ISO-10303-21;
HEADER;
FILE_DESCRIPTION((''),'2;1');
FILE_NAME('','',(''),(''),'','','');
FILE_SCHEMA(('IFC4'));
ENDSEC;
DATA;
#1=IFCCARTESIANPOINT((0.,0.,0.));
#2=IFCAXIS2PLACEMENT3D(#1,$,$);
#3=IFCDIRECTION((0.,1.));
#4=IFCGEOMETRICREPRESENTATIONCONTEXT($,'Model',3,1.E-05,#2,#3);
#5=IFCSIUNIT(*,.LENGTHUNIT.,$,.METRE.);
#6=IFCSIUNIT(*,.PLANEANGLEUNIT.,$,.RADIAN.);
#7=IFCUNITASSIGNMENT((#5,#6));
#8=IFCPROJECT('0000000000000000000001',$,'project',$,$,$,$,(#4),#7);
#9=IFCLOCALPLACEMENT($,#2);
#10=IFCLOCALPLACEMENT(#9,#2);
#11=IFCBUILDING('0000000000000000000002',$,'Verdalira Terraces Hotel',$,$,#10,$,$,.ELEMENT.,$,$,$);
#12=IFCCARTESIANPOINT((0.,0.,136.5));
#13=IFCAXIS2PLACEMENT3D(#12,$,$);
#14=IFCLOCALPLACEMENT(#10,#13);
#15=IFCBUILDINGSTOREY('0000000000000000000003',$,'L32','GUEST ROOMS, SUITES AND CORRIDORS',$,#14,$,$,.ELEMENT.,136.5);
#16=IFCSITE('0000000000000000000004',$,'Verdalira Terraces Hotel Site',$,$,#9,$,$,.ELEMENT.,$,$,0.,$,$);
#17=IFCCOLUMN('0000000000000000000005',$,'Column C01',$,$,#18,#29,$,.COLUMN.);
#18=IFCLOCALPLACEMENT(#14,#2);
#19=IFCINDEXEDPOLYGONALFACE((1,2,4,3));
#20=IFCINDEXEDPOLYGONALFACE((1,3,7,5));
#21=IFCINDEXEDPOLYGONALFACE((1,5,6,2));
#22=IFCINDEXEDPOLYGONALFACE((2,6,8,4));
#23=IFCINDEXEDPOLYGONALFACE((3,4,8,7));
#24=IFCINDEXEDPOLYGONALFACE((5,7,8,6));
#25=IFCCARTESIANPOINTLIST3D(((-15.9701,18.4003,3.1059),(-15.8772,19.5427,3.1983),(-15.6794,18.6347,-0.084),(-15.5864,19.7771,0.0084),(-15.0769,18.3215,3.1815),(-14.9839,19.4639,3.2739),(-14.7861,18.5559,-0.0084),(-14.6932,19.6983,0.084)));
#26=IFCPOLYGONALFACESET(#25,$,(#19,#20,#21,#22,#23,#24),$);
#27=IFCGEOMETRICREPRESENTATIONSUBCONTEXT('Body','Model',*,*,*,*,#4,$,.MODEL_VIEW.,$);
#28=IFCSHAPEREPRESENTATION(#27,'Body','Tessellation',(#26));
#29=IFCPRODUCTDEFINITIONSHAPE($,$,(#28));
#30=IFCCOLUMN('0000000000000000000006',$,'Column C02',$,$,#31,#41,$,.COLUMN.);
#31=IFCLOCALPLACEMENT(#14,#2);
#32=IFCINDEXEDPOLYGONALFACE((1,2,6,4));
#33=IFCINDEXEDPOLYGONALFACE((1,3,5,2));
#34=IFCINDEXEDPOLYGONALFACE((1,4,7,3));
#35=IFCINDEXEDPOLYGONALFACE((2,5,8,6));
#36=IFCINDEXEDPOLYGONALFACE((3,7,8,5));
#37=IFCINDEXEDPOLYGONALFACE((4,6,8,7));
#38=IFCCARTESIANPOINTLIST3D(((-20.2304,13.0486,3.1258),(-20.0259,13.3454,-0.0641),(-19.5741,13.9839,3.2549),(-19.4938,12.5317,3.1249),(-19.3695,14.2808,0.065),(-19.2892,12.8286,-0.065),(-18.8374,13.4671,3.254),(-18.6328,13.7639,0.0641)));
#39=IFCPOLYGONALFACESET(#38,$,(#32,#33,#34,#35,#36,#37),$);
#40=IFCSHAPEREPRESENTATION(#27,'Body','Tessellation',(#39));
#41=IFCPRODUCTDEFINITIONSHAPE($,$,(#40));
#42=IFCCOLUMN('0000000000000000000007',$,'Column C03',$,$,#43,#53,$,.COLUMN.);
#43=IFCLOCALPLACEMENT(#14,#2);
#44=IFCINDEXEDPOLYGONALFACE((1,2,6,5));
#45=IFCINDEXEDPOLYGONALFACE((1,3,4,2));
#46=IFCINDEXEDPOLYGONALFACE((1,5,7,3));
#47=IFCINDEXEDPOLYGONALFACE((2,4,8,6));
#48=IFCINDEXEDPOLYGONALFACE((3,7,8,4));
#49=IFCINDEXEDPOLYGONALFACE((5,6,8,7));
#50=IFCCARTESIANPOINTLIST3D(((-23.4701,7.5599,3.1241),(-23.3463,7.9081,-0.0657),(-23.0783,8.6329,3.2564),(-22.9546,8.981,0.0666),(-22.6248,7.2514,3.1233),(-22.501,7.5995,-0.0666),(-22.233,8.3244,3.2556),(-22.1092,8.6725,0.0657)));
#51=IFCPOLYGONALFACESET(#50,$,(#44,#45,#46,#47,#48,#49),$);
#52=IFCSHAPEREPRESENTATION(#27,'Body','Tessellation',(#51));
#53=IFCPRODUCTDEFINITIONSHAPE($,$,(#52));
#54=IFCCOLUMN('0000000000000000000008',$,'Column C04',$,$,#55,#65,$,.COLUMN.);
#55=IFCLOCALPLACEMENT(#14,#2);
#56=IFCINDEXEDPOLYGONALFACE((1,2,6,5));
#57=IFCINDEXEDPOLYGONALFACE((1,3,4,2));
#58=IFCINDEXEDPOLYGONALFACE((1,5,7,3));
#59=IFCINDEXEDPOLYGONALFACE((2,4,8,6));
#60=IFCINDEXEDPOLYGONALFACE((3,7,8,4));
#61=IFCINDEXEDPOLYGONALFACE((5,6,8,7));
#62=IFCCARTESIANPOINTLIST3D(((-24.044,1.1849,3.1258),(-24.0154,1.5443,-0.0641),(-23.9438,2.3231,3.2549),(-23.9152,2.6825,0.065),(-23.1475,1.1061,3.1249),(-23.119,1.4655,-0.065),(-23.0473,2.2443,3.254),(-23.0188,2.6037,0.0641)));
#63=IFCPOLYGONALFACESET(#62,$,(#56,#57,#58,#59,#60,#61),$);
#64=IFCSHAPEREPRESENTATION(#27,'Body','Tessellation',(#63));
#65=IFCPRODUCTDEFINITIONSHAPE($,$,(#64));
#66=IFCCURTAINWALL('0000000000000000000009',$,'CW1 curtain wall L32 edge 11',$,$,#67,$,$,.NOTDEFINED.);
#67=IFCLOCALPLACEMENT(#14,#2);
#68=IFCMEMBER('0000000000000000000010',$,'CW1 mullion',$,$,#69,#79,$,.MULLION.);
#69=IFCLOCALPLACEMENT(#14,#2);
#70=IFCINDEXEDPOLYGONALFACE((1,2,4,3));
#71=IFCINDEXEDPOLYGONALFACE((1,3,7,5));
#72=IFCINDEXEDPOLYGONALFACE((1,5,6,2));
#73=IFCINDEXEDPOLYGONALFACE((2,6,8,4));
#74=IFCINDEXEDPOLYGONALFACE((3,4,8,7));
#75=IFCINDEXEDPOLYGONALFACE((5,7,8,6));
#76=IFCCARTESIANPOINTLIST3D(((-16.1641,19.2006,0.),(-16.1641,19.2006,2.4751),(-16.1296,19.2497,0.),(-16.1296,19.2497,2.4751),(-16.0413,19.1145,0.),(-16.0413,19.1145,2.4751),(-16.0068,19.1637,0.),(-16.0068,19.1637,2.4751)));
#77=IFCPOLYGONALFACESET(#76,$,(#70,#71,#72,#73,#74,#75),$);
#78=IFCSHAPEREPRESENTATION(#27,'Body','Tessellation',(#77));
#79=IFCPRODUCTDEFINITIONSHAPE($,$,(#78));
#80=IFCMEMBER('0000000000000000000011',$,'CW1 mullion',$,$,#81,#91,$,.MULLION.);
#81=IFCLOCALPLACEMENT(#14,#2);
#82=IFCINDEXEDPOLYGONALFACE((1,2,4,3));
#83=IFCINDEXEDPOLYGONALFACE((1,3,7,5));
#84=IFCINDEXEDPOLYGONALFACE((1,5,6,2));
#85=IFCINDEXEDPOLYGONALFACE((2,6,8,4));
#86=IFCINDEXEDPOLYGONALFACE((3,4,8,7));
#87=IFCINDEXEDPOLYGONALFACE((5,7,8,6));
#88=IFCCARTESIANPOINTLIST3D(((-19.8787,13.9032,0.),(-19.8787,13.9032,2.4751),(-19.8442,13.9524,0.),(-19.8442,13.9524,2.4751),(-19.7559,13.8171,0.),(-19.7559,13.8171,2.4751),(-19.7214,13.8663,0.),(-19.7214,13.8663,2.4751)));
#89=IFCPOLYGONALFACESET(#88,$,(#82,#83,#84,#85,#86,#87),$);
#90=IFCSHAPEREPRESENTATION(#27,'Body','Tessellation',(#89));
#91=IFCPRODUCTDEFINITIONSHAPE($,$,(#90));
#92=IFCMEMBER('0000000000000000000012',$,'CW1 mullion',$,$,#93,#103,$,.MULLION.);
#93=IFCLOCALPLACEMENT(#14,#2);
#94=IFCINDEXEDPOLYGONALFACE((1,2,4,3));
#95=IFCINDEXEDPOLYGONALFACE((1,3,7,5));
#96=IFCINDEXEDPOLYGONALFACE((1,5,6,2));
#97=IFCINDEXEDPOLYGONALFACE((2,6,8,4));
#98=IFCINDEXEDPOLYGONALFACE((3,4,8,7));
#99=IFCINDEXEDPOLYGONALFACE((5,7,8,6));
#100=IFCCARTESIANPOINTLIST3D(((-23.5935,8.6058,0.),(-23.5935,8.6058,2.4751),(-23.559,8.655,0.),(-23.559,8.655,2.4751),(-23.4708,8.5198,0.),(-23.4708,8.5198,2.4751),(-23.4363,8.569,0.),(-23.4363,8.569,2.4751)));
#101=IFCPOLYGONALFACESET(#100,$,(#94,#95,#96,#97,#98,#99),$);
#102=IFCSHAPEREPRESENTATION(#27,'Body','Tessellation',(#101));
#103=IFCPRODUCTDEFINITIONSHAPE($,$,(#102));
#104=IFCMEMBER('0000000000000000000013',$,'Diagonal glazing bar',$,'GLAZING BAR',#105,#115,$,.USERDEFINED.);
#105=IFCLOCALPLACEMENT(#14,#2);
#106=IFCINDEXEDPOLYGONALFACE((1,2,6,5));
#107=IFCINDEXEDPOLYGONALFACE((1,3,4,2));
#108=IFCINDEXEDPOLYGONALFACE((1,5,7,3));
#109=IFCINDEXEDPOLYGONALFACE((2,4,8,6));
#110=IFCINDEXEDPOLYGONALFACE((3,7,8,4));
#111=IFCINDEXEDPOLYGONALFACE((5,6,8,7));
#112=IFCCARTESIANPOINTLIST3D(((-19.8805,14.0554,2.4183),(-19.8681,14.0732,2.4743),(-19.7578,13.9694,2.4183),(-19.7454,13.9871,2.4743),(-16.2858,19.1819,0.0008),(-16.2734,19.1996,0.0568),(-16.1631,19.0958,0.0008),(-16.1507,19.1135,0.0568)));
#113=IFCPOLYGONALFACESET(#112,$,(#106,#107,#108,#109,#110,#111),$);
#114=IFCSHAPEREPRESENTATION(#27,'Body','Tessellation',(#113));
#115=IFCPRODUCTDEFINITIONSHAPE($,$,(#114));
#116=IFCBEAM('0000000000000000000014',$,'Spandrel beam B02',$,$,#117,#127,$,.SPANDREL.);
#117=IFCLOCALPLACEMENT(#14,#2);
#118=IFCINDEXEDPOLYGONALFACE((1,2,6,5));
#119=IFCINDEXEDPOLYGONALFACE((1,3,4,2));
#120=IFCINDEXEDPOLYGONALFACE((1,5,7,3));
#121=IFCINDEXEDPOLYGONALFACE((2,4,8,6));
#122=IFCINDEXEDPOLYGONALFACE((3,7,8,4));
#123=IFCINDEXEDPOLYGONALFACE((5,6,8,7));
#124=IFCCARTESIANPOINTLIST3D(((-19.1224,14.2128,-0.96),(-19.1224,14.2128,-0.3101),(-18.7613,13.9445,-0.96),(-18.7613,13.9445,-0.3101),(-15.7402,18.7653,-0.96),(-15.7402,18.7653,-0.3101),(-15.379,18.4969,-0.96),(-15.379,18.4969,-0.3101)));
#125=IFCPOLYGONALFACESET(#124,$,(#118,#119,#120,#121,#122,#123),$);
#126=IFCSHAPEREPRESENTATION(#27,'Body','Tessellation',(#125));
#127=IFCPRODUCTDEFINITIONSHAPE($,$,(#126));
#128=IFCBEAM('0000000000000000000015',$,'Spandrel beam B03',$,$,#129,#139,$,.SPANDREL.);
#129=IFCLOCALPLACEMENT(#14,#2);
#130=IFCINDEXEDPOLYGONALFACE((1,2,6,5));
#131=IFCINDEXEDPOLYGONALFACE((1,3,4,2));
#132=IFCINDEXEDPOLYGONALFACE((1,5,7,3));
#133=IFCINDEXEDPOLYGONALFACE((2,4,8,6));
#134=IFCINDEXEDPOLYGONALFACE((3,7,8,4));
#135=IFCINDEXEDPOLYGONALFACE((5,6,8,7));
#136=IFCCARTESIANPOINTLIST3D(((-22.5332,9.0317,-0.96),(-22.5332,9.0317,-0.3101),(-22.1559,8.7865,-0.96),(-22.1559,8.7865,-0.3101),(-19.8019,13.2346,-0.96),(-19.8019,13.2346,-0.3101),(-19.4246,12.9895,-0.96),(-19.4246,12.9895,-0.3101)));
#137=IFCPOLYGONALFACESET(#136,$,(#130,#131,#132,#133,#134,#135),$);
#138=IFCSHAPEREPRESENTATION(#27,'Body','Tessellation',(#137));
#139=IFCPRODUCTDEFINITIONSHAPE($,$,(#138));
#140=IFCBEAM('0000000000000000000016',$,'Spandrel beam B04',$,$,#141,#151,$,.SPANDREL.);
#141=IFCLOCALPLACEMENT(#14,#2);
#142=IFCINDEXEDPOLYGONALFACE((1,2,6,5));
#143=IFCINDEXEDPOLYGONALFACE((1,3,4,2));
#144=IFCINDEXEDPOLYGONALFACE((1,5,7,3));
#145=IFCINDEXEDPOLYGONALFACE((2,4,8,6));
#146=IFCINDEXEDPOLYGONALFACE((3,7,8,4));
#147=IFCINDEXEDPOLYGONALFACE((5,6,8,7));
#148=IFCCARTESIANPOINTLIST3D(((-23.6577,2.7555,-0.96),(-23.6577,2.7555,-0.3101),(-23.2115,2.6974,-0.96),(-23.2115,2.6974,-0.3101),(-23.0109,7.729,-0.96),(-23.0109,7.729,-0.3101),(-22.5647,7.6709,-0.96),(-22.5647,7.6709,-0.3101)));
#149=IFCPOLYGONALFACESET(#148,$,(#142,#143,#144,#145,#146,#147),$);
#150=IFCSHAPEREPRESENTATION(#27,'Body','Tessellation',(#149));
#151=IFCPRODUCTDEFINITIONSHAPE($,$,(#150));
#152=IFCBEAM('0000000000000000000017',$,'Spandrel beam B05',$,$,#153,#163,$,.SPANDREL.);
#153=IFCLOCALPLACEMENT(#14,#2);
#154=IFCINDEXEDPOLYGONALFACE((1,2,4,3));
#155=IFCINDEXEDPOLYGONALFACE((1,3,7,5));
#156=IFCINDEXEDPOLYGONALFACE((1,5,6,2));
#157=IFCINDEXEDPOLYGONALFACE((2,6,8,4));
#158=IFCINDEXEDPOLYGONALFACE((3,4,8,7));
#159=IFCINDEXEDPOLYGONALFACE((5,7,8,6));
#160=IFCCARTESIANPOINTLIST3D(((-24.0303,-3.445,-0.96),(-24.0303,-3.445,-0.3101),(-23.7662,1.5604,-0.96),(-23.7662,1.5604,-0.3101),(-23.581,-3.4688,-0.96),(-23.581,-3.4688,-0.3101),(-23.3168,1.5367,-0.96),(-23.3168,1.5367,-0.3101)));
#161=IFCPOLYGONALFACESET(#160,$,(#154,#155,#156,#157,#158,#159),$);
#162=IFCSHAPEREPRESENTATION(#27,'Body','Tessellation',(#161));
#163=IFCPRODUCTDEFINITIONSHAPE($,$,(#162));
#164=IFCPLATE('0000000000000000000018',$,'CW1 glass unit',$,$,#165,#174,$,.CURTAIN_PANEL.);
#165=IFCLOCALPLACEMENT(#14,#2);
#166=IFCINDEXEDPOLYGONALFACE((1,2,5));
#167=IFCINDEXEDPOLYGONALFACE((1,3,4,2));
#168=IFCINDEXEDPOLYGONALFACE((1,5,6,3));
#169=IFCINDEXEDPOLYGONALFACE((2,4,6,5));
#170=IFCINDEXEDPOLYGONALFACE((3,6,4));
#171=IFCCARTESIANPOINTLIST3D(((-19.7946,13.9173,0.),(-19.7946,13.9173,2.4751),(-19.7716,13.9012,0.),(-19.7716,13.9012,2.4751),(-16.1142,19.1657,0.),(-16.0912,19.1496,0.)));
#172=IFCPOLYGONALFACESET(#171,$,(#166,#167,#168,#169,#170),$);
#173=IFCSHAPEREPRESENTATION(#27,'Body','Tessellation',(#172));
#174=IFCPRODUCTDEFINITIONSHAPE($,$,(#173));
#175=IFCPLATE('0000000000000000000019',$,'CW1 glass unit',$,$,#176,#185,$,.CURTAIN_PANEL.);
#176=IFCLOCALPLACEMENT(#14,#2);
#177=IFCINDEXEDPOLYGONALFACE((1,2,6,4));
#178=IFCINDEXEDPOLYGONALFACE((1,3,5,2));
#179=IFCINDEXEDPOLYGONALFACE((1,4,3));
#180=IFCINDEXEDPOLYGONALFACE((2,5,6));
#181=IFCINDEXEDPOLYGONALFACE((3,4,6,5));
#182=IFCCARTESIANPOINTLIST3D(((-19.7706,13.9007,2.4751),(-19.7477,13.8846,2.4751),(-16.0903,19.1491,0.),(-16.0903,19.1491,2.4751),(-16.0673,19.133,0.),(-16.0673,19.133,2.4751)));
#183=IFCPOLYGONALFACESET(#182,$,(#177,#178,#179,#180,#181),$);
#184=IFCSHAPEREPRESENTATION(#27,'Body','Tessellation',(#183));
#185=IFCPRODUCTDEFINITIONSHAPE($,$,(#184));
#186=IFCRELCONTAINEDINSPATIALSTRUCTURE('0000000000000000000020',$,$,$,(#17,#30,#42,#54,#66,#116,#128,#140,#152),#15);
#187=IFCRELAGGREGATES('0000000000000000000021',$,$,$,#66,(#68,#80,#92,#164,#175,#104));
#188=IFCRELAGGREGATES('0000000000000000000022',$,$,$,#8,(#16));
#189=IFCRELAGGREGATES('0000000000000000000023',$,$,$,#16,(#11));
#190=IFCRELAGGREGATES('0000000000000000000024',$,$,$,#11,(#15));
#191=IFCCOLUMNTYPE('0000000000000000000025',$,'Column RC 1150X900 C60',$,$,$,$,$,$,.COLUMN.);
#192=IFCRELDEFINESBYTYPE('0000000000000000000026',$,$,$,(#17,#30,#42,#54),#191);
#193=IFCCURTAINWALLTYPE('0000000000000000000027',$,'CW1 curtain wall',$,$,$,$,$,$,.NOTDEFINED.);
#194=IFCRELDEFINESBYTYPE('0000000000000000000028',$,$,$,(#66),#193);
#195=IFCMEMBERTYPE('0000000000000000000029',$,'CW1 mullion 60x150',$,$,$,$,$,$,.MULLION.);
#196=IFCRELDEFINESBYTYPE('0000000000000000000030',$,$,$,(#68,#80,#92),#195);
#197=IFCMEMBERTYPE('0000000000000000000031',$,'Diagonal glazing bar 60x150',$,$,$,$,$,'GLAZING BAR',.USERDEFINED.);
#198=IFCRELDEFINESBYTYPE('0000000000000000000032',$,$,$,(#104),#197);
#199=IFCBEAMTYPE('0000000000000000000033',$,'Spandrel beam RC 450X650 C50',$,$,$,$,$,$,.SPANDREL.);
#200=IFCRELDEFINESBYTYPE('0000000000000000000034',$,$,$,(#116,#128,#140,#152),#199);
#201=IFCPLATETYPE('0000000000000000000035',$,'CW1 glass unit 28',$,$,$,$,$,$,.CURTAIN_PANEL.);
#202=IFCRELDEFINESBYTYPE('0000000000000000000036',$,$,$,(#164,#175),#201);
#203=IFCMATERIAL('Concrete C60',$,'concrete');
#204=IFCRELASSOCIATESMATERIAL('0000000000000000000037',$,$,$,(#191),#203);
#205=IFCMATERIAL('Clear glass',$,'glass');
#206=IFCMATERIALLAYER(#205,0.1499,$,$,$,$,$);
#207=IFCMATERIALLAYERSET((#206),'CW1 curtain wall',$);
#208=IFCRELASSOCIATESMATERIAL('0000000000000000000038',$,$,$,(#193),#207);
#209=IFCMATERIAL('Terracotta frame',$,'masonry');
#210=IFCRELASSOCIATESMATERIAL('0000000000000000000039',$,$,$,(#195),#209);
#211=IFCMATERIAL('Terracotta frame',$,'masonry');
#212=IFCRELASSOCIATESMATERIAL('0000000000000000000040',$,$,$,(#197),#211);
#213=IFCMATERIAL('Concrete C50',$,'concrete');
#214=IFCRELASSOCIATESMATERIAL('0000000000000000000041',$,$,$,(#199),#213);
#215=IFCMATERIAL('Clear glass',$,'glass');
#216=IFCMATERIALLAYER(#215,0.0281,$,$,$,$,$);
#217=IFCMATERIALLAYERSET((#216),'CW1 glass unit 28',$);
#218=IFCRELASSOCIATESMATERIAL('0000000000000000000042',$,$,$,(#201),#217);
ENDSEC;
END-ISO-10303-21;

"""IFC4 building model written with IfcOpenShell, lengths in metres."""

from ifc_helpers import new_model, si_unit, direction, frame, origin, origin_2d, place, context, subcontext, project, spatial, polyline, rectangle, outline, extrude, material, layer, layer_set, material_profile, profile_set, type_object, element, aggregate, save


model = new_model("IFC4")

# Units and contexts
model_context = context("Model", 3, precision=1e-05, world=origin(), true_north=direction((0.0, 1.0)))
body_context = subcontext(model_context, "Body", "Model", "MODEL_VIEW")
ifc_project = project(units=[si_unit("LENGTHUNIT", "METRE"), si_unit("PLANEANGLEUNIT", "RADIAN")], contexts=[model_context])

# Site, building, storey
site_placement = place(None, origin())
site = spatial("IfcSite", under=ifc_project, at=site_placement, Name="Verdalira Terraces Hotel Site", CompositionType="ELEMENT", RefElevation=0.0)
building_placement = place(site_placement, origin())
building = spatial("IfcBuilding", under=site, at=building_placement, Name="Verdalira Terraces Hotel", CompositionType="ELEMENT")
storey_placement = place(building_placement, frame((0.0, 0.0, 136.5)))
storey = spatial("IfcBuildingStorey", under=building, at=storey_placement, Name="L32", Description="GUEST ROOMS, SUITES AND CORRIDORS", CompositionType="ELEMENT", Elevation=136.5)

# Columns
ifc_material_1 = material(Name="Concrete C60", Category="concrete")
ifc_material_profile_1 = material_profile(ifc_material_1, rectangle(XDim=1.1499, YDim=0.8999, at=origin_2d()), Name="RC 1150X900")
ifc_profile_set_1 = profile_set([ifc_material_profile_1], Name="Concrete C60")
column_type = type_object("IfcColumnType", Name="Column RC 1150X900 C60", PredefinedType="COLUMN", material=ifc_profile_set_1)
column_1_placement = place(storey_placement, frame((-15.1863, 19.1665, 0.0), z_axis=(-0.090534, -0.072975, 0.993216), x_axis=(0.080826, 0.993483, 0.080362)))
element("IfcColumn", 1, at=column_1_placement, inside=storey, type_object=column_type, Name="Column C01", PredefinedType="COLUMN", context=body_context, shape_type="SweptSolid", body=[
    extrude(rectangle(XDim=1.1499, YDim=0.8999, at=origin_2d()), origin(), (0.0, 0.0, 1.0), 3.2117),
])
column_2_placement = place(storey_placement, frame((-19.3293, 13.5547, 0.0), z_axis=(-0.06373, -0.092477, 0.993673), x_axis=(-0.570781, -0.813386, -0.112306)))
element("IfcColumn", 2, at=column_2_placement, inside=storey, type_object=column_type, Name="Column C02", PredefinedType="COLUMN", context=body_context, shape_type="SweptSolid", body=[
    extrude(rectangle(XDim=1.1499, YDim=0.8999, at=origin_2d()), origin(), (0.0, 0.0, 1.0), 3.2102),
])
column_3_placement = place(storey_placement, frame((-22.7278, 8.2903, 0.0), z_axis=(-0.038545, -0.108413, 0.993358), x_axis=(0.340706, 0.933103, 0.115058)))
element("IfcColumn", 3, at=column_3_placement, inside=storey, type_object=column_type, Name="Column C03", PredefinedType="COLUMN", context=body_context, shape_type="SweptSolid", body=[
    extrude(rectangle(XDim=1.1499, YDim=0.8999, at=origin_2d()), origin(), (0.0, 0.0, 1.0), 3.2112),
])
column_4_placement = place(storey_placement, frame((-23.5171, 2.074, 0.0), z_axis=(-0.008898, -0.111946, 0.993674), x_axis=(-0.087135, -0.989847, -0.112295)))
element("IfcColumn", 4, at=column_4_placement, inside=storey, type_object=column_type, Name="Column C04", PredefinedType="COLUMN", context=body_context, shape_type="SweptSolid", body=[
    extrude(rectangle(XDim=1.1499, YDim=0.8999, at=origin_2d()), origin(), (0.0, 0.0, 1.0), 3.2102),
])

# Curtain wall, members
ifc_material_2 = material(Name="Clear glass", Category="glass")
ifc_layer_1 = layer(ifc_material_2, 0.1499)
ifc_layer_set_1 = layer_set([ifc_layer_1], Name="CW1 curtain wall")
curtain_wall_type = type_object("IfcCurtainWallType", Name="CW1 curtain wall", PredefinedType="NOTDEFINED", material=ifc_layer_set_1)
curtain_wall_placement = place(storey_placement, origin())
curtain_wall = element("IfcCurtainWall", 5, at=curtain_wall_placement, inside=storey, type_object=curtain_wall_type, Name="CW1 curtain wall L32 edge 11", PredefinedType="NOTDEFINED")
ifc_material_3 = material(Name="Terracotta frame", Category="masonry")
ifc_material_profile_2 = material_profile(ifc_material_3, rectangle(XDim=0.0601, YDim=0.1499, at=origin_2d()), Name="MU 60x150")
ifc_profile_set_2 = profile_set([ifc_material_profile_2], Name="Terracotta frame")
member_type_1 = type_object("IfcMemberType", Name="CW1 mullion 60x150", PredefinedType="MULLION", material=ifc_profile_set_2)
member_1_placement = place(storey_placement, frame((-16.0854, 19.1821, 0.0), z_axis=(0.0, 0.0, 1.0), x_axis=(-0.574148, -0.818751, 0.0)))
member_1 = element("IfcMember", 6, at=member_1_placement, type_object=member_type_1, Name="CW1 mullion", PredefinedType="MULLION", context=body_context, shape_type="SweptSolid", body=[
    extrude(rectangle(XDim=0.0601, YDim=0.1499, at=origin_2d()), origin(), (0.0, 0.0, 1.0), 2.4751),
])
member_2_placement = place(storey_placement, frame((-19.8, 13.8848, 0.0), z_axis=(0.0, 0.0, 1.0), x_axis=(-0.574148, -0.818751, 0.0)))
member_2 = element("IfcMember", 7, at=member_2_placement, type_object=member_type_1, Name="CW1 mullion", PredefinedType="MULLION", context=body_context, shape_type="SweptSolid", body=[
    extrude(rectangle(XDim=0.0601, YDim=0.1499, at=origin_2d()), origin(), (0.0, 0.0, 1.0), 2.4751),
])
member_3_placement = place(storey_placement, frame((-23.5149, 8.5874, 0.0), z_axis=(0.0, 0.0, 1.0), x_axis=(-0.574148, -0.818751, 0.0)))
member_3 = element("IfcMember", 8, at=member_3_placement, type_object=member_type_1, Name="CW1 mullion", PredefinedType="MULLION", context=body_context, shape_type="SweptSolid", body=[
    extrude(rectangle(XDim=0.0601, YDim=0.1499, at=origin_2d()), origin(), (0.0, 0.0, 1.0), 2.4751),
])
ifc_material_4 = material(Name="Terracotta frame", Category="masonry")
ifc_material_profile_3 = material_profile(ifc_material_4, rectangle(XDim=0.1499, YDim=0.0601, at=origin_2d()), Name="GB 60x150")
ifc_profile_set_3 = profile_set([ifc_material_profile_3], Name="Terracotta frame")
member_type_2 = type_object("IfcMemberType", Name="Diagonal glazing bar 60x150", ElementType="GLAZING BAR", PredefinedType="USERDEFINED", material=ifc_profile_set_3)
member_4_placement = place(storey_placement, frame((-16.2183, 19.1477, 0.0288), z_axis=(-0.535591, -0.76381, 0.360189), x_axis=(0.818766, -0.574127, 0.0)))
member_4 = element("IfcMember", 9, at=member_4_placement, type_object=member_type_2, Name="Diagonal glazing bar", ObjectType="GLAZING BAR", PredefinedType="USERDEFINED", context=body_context, shape_type="SweptSolid", body=[
    extrude(rectangle(XDim=0.1499, YDim=0.0601, at=origin_2d()), origin(), (0.0, 0.0, 1.0), 6.7117),
])

# Beams
ifc_material_5 = material(Name="Concrete C50", Category="concrete")
ifc_material_profile_4 = material_profile(ifc_material_5, rectangle(XDim=0.45, YDim=0.6499, at=origin_2d()), Name="RC 450X650")
ifc_profile_set_4 = profile_set([ifc_material_profile_4], Name="Concrete C50")
beam_type = type_object("IfcBeamType", Name="Spandrel beam RC 450X650 C50", PredefinedType="SPANDREL", material=ifc_profile_set_4)
beam_1_placement = place(storey_placement, frame((-15.5596, 18.6311, -0.635), z_axis=(-0.596378, -0.802704, 0.0), x_axis=(0.802704, -0.596378, 0.0)))
element("IfcBeam", 10, at=beam_1_placement, inside=storey, type_object=beam_type, Name="Spandrel beam B02", PredefinedType="SPANDREL", context=body_context, shape_type="SweptSolid", body=[
    extrude(rectangle(XDim=0.45, YDim=0.6499, at=origin_2d()), origin(), (0.0, 0.0, 1.0), 5.6714),
])
beam_2_placement = place(storey_placement, frame((-19.6133, 13.1121, -0.635), z_axis=(-0.544894, -0.838505, 0.0), x_axis=(0.838505, -0.544894, 0.0)))
element("IfcBeam", 11, at=beam_2_placement, inside=storey, type_object=beam_type, Name="Spandrel beam B03", PredefinedType="SPANDREL", context=body_context, shape_type="SweptSolid", body=[
    extrude(rectangle(XDim=0.45, YDim=0.6499, at=origin_2d()), origin(), (0.0, 0.0, 1.0), 5.0125),
])
beam_3_placement = place(storey_placement, frame((-22.7878, 7.7, -0.635), z_axis=(-0.128952, -0.991651, 0.0), x_axis=(0.991651, -0.128952, 0.0)))
element("IfcBeam", 12, at=beam_3_placement, inside=storey, type_object=beam_type, Name="Spandrel beam B04", PredefinedType="SPANDREL", context=body_context, shape_type="SweptSolid", body=[
    extrude(rectangle(XDim=0.45, YDim=0.6499, at=origin_2d()), origin(), (0.0, 0.0, 1.0), 5.0154),
])
beam_4_placement = place(storey_placement, frame((-23.5415, 1.5486, -0.635), z_axis=(-0.052702, -0.99861, 0.0), x_axis=(0.99861, -0.052702, 0.0)))
element("IfcBeam", 13, at=beam_4_placement, inside=storey, type_object=beam_type, Name="Spandrel beam B05", PredefinedType="SPANDREL", context=body_context, shape_type="SweptSolid", body=[
    extrude(rectangle(XDim=0.45, YDim=0.6499, at=origin_2d()), origin(), (0.0, 0.0, 1.0), 5.0125),
])

# Plates
ifc_material_6 = material(Name="Clear glass", Category="glass")
ifc_layer_2 = layer(ifc_material_6, 0.0281)
ifc_layer_set_2 = layer_set([ifc_layer_2], Name="CW1 glass unit 28")
plate_type = type_object("IfcPlateType", Name="CW1 glass unit 28", PredefinedType="CURTAIN_PANEL", material=ifc_layer_set_2)
plate_1_placement = place(storey_placement, frame((-17.9314, 16.5254, 1.2375), z_axis=(-0.818751, 0.574148, 0.0), x_axis=(-0.574148, -0.818751, 0.0)))
plate_1 = element("IfcPlate", 14, at=plate_1_placement, type_object=plate_type, Name="CW1 glass unit", PredefinedType="CURTAIN_PANEL", context=body_context, shape_type="SweptSolid", body=[
    extrude(outline(polyline([(-3.2051, -1.2375), (3.2051, -1.2375), (3.2051, 1.2375), (-3.2051, -1.2375)])), origin(), (0.0, 0.0, 1.0), 0.0281),
])
plate_2_placement = place(storey_placement, frame((-17.9075, 16.5088, 1.2375), z_axis=(-0.818751, 0.574148, 0.0), x_axis=(-0.574148, -0.818751, 0.0)))
plate_2 = element("IfcPlate", 15, at=plate_2_placement, type_object=plate_type, Name="CW1 glass unit", PredefinedType="CURTAIN_PANEL", context=body_context, shape_type="SweptSolid", body=[
    extrude(outline(polyline([(-3.2051, -1.2375), (3.2051, 1.2375), (-3.2051, 1.2375), (-3.2051, -1.2375)])), origin(), (0.0, 0.0, 1.0), 0.0281),
])
aggregate(curtain_wall, [member_1, member_2, member_3, plate_1, plate_2, member_4])

save(model, "model.ifc")
